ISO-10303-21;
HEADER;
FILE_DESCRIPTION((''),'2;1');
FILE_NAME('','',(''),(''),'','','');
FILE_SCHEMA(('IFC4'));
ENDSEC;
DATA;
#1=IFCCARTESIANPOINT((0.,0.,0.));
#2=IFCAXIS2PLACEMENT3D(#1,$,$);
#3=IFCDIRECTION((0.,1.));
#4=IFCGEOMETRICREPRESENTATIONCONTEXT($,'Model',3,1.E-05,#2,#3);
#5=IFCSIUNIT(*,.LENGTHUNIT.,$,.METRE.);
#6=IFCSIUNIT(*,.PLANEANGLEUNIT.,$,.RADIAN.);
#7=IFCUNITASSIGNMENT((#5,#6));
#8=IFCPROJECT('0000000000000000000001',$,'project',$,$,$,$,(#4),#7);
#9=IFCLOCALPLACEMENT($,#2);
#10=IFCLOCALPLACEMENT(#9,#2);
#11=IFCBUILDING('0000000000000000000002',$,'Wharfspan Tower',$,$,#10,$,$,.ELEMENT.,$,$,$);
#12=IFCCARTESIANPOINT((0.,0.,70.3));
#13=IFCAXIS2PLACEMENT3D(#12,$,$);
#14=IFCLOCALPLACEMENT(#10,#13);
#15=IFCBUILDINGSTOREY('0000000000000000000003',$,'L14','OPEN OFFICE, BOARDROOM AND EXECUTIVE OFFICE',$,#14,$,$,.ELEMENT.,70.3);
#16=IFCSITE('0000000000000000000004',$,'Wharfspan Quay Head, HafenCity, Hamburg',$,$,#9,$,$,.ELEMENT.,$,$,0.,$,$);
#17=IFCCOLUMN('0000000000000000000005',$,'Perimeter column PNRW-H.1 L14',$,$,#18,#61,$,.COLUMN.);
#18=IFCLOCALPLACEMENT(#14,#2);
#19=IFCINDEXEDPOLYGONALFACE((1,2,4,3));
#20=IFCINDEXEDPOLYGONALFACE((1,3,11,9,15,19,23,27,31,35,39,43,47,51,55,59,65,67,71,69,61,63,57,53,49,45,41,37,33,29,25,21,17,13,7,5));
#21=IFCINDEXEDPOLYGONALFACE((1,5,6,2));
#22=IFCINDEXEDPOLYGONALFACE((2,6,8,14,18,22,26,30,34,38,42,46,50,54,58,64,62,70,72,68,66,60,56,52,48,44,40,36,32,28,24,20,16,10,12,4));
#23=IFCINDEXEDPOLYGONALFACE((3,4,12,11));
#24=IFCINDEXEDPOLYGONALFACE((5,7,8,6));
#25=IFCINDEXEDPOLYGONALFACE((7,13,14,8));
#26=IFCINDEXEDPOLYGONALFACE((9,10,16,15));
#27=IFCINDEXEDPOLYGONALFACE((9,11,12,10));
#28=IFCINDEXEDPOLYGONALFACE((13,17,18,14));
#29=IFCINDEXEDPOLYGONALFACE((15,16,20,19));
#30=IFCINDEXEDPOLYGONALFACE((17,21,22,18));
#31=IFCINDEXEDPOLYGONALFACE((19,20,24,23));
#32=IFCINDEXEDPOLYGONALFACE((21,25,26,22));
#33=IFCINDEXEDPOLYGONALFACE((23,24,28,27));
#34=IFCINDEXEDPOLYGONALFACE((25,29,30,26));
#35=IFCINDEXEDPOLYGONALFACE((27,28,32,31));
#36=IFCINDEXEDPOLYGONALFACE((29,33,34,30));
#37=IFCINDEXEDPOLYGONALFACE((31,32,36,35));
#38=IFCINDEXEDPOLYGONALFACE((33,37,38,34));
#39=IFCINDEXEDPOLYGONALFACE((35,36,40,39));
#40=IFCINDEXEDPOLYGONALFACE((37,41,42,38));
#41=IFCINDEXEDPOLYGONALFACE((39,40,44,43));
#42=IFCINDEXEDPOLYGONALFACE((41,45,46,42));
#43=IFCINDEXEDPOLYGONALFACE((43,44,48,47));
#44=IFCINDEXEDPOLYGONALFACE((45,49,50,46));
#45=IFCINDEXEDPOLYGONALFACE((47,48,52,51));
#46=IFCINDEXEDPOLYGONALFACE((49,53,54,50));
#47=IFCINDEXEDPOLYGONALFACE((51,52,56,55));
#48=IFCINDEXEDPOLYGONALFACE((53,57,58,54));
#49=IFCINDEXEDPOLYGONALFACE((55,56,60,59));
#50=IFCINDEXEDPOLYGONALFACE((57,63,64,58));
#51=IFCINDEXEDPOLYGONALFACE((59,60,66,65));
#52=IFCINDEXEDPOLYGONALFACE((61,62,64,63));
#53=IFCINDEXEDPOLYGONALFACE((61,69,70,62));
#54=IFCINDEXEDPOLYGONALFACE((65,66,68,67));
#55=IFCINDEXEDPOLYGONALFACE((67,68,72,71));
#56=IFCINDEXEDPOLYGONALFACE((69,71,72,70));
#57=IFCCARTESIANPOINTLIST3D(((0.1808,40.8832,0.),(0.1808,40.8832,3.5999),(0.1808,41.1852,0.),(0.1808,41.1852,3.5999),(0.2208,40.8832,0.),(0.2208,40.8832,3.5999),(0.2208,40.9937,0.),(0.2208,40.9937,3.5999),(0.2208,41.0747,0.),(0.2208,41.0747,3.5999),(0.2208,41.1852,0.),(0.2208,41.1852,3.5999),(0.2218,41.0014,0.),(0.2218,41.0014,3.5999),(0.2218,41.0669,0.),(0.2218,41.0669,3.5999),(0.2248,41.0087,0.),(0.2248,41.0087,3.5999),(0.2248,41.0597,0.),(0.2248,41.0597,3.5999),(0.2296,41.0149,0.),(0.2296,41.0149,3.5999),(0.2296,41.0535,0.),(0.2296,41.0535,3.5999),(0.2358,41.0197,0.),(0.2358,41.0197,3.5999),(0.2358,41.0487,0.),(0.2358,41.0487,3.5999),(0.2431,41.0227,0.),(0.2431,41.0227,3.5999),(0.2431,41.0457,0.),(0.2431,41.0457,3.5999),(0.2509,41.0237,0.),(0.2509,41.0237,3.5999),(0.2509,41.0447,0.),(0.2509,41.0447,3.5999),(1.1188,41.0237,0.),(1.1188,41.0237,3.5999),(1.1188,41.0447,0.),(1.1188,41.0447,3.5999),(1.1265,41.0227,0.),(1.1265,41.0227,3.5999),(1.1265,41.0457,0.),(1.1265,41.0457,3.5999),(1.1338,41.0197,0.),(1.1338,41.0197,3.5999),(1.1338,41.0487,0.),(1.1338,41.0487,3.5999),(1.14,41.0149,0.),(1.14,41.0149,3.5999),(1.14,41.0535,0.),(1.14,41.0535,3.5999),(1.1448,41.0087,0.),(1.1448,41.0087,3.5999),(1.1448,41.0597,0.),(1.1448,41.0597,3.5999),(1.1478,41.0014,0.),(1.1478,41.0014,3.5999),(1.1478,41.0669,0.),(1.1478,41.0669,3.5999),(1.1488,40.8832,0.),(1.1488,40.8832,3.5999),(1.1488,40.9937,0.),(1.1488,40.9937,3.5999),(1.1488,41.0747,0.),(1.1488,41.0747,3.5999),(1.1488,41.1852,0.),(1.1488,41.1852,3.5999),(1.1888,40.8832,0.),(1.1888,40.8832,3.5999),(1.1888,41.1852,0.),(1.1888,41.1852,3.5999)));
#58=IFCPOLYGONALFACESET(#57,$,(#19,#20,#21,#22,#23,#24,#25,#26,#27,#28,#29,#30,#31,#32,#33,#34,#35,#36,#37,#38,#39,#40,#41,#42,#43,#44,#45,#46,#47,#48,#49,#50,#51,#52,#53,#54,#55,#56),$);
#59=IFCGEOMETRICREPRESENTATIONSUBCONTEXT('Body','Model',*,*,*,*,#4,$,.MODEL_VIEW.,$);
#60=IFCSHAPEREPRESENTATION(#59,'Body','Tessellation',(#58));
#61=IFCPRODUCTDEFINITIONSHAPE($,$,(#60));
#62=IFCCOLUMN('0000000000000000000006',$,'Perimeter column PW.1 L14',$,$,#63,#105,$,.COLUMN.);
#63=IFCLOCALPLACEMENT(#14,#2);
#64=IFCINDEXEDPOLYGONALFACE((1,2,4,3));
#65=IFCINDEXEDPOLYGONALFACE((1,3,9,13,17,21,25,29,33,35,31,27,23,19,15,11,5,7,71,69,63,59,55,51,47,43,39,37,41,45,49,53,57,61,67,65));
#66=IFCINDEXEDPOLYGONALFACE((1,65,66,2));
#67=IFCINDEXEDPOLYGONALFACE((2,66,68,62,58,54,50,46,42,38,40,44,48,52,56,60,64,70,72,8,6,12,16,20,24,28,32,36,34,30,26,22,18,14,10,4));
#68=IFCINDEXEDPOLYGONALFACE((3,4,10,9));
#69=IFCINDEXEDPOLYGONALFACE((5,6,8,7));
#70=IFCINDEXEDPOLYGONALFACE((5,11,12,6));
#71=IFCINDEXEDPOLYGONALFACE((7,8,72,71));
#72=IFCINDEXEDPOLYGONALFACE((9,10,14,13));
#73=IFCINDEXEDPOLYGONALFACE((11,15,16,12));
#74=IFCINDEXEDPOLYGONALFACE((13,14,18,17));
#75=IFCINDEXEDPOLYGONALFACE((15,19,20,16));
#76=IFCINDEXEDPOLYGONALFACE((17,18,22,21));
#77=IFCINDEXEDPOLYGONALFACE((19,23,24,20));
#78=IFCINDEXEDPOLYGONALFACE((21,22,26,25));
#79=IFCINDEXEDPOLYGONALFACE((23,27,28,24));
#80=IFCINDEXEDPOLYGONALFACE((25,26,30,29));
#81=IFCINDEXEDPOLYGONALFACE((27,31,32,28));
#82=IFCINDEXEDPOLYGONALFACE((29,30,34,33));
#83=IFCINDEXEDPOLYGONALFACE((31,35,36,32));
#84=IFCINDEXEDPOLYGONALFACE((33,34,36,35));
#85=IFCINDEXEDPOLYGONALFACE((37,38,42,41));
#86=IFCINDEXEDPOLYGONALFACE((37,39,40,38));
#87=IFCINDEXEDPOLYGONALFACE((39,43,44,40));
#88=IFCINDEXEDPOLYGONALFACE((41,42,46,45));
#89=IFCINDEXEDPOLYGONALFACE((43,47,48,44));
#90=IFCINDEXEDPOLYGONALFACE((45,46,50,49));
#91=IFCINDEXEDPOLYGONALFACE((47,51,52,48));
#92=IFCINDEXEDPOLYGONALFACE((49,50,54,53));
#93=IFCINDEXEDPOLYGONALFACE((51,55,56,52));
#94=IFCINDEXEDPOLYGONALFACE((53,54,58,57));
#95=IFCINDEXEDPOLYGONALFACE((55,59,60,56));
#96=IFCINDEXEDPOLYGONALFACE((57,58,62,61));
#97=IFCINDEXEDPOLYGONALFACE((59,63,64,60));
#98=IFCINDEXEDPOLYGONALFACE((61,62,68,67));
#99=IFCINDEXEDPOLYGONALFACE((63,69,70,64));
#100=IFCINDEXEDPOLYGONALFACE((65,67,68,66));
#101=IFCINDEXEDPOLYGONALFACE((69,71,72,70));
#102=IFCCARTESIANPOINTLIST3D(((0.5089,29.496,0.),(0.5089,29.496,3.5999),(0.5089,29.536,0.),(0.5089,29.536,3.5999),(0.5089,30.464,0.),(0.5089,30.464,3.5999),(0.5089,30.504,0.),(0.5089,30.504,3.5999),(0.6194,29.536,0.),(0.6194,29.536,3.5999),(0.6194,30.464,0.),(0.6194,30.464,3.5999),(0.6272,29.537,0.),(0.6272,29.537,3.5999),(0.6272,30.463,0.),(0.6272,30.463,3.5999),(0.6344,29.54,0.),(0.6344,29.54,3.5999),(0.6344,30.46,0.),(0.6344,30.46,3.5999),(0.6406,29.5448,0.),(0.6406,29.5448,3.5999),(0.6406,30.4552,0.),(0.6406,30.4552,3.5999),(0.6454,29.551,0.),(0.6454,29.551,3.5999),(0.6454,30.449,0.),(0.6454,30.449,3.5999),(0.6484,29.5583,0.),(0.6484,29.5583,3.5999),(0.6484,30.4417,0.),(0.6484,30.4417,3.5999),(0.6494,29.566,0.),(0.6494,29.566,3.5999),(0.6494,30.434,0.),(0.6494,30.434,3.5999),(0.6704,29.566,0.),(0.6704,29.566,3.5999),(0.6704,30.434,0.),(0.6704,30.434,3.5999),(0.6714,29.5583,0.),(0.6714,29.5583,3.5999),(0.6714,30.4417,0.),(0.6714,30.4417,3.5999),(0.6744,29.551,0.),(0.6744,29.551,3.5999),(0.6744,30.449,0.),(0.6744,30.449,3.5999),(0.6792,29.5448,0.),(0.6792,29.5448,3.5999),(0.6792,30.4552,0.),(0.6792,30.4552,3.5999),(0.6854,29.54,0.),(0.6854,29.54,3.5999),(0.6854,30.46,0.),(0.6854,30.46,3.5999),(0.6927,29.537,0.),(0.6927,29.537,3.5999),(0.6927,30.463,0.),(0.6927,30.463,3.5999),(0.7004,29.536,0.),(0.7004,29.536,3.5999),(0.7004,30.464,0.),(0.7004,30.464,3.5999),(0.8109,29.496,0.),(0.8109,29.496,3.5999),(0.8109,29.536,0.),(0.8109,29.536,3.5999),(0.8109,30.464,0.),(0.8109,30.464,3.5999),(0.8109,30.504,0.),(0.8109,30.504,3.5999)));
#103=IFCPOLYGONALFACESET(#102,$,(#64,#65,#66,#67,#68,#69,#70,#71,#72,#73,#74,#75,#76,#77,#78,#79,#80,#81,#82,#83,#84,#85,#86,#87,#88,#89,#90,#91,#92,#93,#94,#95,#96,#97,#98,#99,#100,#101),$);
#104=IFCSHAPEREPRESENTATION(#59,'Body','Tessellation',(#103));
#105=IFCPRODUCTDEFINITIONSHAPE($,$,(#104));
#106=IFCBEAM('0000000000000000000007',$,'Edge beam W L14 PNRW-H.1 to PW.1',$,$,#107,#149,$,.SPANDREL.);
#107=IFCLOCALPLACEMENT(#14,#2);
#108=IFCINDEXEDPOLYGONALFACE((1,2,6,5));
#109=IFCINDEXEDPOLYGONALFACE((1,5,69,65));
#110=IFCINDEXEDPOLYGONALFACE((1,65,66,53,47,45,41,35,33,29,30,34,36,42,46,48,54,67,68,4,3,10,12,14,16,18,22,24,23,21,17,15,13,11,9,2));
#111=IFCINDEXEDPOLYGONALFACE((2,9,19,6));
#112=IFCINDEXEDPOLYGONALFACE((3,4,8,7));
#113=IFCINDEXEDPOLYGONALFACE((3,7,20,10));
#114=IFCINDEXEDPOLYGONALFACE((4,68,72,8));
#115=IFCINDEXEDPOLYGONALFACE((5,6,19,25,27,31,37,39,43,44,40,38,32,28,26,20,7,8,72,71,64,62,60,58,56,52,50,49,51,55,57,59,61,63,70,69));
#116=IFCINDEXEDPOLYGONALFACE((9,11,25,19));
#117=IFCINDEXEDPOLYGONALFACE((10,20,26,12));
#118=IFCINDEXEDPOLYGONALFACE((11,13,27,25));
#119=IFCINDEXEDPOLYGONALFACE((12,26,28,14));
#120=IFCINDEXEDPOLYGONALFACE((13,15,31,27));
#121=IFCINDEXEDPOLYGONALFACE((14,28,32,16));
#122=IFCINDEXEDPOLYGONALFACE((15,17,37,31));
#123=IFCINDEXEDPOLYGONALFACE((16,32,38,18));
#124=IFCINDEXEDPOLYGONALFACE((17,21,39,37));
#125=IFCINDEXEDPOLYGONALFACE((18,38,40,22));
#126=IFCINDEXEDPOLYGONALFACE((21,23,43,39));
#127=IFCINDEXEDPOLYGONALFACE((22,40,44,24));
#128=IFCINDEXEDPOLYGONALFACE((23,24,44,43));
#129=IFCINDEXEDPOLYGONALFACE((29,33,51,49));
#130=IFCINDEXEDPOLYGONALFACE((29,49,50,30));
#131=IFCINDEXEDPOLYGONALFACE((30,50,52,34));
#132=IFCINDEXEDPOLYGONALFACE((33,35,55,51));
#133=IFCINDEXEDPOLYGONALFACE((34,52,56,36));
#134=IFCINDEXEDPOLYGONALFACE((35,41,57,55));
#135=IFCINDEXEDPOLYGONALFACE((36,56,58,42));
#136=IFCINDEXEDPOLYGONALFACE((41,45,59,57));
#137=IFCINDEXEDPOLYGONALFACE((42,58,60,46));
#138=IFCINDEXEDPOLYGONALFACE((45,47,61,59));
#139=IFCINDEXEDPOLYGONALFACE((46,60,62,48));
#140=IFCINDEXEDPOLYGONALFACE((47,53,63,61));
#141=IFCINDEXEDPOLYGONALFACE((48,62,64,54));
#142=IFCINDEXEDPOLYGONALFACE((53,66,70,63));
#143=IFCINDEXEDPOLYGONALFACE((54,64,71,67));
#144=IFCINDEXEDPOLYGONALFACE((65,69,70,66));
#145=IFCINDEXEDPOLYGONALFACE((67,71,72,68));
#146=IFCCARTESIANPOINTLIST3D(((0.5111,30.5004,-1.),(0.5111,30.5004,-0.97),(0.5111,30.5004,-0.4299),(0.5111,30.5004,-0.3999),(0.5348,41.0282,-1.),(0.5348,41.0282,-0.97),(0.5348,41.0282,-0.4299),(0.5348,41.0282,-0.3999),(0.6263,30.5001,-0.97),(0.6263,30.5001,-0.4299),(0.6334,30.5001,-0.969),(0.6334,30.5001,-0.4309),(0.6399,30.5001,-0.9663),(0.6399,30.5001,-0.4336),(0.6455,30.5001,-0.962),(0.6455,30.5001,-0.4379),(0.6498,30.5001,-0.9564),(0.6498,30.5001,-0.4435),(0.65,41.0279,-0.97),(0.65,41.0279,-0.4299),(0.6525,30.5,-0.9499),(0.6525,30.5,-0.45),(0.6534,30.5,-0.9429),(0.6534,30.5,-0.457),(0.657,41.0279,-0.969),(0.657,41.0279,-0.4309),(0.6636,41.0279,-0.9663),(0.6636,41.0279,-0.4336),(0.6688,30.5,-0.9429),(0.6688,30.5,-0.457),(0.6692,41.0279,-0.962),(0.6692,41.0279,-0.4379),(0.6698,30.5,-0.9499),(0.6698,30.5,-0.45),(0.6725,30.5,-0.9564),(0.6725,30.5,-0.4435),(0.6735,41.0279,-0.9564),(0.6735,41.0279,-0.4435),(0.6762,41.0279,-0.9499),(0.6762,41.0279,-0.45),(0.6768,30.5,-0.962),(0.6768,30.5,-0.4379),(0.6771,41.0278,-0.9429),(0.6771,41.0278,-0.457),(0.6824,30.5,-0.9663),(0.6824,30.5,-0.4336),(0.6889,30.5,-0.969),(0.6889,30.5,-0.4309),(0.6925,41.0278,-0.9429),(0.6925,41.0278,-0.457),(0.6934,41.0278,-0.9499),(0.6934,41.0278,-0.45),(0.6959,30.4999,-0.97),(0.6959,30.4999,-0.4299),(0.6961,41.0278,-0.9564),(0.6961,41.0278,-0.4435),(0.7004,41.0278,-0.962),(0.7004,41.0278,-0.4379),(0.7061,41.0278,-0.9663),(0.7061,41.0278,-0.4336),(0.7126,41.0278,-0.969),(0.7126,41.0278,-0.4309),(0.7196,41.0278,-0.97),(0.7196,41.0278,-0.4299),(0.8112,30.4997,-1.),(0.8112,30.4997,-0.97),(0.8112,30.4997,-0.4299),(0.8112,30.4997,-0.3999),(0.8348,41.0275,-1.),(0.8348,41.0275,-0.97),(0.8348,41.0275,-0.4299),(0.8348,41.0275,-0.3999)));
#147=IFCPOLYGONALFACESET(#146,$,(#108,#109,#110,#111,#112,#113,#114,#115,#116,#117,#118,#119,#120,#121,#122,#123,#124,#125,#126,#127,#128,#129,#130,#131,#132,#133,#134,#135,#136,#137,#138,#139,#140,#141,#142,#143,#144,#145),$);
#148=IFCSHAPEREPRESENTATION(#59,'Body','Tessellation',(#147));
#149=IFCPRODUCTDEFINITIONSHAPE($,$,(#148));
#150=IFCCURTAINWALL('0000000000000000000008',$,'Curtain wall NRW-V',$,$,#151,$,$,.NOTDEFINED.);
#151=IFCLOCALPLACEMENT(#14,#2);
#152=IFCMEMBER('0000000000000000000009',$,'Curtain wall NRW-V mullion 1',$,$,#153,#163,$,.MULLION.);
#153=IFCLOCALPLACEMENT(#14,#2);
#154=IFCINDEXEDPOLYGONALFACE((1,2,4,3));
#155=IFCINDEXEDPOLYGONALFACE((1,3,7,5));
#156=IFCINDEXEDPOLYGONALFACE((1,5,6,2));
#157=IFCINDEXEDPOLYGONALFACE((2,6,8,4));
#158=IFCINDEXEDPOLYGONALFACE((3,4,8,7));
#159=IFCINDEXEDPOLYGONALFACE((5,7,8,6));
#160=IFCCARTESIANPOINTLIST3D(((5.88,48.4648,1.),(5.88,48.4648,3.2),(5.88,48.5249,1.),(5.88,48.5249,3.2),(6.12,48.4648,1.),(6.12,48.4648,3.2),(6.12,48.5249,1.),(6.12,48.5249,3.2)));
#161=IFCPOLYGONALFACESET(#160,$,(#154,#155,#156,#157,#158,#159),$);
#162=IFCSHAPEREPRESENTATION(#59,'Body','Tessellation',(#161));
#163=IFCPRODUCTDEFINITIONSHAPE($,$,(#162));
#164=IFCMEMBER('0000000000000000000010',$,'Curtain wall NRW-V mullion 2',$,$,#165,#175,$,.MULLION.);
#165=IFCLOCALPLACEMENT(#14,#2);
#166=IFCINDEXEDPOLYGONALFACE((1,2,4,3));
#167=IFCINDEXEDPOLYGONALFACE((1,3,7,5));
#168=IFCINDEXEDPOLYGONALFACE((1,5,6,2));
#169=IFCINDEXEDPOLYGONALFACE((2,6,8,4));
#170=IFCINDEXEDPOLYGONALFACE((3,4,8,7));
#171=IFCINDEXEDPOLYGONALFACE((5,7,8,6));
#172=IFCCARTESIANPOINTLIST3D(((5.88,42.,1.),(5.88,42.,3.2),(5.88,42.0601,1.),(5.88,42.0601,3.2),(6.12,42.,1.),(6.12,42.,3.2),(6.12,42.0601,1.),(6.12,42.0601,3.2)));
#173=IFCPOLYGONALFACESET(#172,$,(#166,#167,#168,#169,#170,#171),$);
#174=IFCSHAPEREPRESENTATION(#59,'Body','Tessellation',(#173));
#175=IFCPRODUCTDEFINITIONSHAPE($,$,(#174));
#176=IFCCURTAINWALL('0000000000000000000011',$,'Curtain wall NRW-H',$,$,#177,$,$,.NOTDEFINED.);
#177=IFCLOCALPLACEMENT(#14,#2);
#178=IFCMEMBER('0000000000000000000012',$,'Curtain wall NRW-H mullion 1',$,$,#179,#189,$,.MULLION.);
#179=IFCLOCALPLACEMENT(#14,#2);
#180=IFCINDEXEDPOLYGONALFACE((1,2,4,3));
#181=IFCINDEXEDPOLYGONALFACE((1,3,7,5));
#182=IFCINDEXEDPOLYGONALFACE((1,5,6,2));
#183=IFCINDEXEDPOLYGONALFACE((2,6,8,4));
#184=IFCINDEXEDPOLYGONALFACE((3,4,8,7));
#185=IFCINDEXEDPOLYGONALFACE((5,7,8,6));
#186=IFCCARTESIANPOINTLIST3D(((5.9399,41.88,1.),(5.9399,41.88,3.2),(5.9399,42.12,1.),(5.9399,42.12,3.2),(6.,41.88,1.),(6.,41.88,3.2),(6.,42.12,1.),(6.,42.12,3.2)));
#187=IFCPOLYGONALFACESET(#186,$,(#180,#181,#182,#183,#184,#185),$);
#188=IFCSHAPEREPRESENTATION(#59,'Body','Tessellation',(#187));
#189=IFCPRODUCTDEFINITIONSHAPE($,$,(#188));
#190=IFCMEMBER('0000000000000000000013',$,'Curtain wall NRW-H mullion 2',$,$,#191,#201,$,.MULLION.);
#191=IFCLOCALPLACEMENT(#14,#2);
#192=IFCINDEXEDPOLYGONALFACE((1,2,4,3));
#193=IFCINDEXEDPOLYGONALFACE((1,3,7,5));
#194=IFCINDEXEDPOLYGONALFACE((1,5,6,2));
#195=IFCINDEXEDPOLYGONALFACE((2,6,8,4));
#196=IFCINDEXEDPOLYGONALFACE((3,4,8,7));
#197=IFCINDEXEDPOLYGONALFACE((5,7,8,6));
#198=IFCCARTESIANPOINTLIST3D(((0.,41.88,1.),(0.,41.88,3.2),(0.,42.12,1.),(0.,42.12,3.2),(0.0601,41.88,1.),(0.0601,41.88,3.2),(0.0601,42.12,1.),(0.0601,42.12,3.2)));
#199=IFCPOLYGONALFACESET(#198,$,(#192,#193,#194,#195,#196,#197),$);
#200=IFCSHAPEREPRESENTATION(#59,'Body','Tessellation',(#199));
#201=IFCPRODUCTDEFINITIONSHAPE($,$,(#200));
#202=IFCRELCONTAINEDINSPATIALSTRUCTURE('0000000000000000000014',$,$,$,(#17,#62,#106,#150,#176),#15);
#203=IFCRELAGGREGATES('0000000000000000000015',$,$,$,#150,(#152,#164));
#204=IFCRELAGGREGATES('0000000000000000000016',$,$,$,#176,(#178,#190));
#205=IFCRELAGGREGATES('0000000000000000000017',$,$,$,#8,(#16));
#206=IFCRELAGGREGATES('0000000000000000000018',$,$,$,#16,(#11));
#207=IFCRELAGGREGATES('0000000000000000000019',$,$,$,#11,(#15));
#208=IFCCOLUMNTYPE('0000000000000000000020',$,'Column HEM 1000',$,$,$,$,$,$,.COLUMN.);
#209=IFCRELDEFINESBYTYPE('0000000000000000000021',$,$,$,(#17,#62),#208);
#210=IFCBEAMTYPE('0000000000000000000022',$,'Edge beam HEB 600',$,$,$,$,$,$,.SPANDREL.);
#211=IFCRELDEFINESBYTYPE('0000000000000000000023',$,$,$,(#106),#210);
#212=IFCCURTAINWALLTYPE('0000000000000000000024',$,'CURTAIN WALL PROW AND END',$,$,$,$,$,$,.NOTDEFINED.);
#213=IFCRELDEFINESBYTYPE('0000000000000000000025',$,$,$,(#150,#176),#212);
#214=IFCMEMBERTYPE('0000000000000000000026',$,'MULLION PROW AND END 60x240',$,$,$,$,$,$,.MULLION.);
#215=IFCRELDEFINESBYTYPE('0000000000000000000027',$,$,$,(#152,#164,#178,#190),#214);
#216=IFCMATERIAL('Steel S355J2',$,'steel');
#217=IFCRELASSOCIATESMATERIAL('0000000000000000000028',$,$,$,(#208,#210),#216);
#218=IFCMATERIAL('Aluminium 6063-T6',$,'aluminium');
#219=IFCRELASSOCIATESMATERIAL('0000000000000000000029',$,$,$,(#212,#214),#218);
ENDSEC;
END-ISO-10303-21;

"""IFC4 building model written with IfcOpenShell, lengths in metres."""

from ifc_helpers import new_model, si_unit, direction, frame, origin, origin_2d, place, context, subcontext, project, spatial, rectangle, i_section, extrude, material, material_profile, profile_set, type_object, element, aggregate, save


model = new_model("IFC4")

# Units and contexts
model_context = context("Model", 3, precision=1e-05, world=origin(), true_north=direction((0.0, 1.0)))
body_context = subcontext(model_context, "Body", "Model", "MODEL_VIEW")
ifc_project = project(units=[si_unit("LENGTHUNIT", "METRE"), si_unit("PLANEANGLEUNIT", "RADIAN")], contexts=[model_context])

# Site, building, storey
site_placement = place(None, origin())
site = spatial("IfcSite", under=ifc_project, at=site_placement, Name="Wharfspan Quay Head, HafenCity, Hamburg", CompositionType="ELEMENT", RefElevation=0.0)
building_placement = place(site_placement, origin())
building = spatial("IfcBuilding", under=site, at=building_placement, Name="Wharfspan Tower", CompositionType="ELEMENT")
storey_placement = place(building_placement, frame((0.0, 0.0, 70.3)))
storey = spatial("IfcBuildingStorey", under=building, at=storey_placement, Name="L14", Description="OPEN OFFICE, BOARDROOM AND EXECUTIVE OFFICE", CompositionType="ELEMENT", Elevation=70.3)

# Columns
ifc_material_1 = material(Name="Steel S355J2", Category="steel")
ifc_material_profile_1 = material_profile(ifc_material_1, i_section(OverallWidth=0.302, OverallDepth=1.0081, WebThickness=0.021, FlangeThickness=0.04, FilletRadius=0.03, at=origin_2d()))
ifc_profile_set_1 = profile_set([ifc_material_profile_1], Name="Steel S355J2")
column_type = type_object("IfcColumnType", Name="Column HEM 1000", PredefinedType="COLUMN", material=ifc_profile_set_1)
for number, where, z_axis, x_axis, name in (
    (1, (0.6848, 41.0342, 0.0), (0.0, 0.0, 1.0), (0.0, 1.0, 0.0), "Perimeter column PNRW-H.1 L14"),
    (2, (0.6599, 30.0, 0.0), (0.0, 0.0, 1.0), (-1.0, 0.0, 0.0), "Perimeter column PW.1 L14"),
):
    element("IfcColumn", number, at=place(storey_placement, frame(where, z_axis=z_axis, x_axis=x_axis)), inside=storey, type_object=column_type, Name=name, PredefinedType="COLUMN", context=body_context, shape_type="SweptSolid", body=[
        extrude(i_section(OverallWidth=0.302, OverallDepth=1.0081, WebThickness=0.021, FlangeThickness=0.04, FilletRadius=0.03, at=origin_2d()), origin(), (0.0, 0.0, 1.0), 3.5999),
    ])

# Beam
ifc_material_profile_2 = material_profile(ifc_material_1, i_section(OverallWidth=0.3, OverallDepth=0.6001, WebThickness=0.0154, FlangeThickness=0.03, FilletRadius=0.0271, at=origin_2d()))
ifc_profile_set_2 = profile_set([ifc_material_profile_2], Name="Steel S355J2")
beam_type = type_object("IfcBeamType", Name="Edge beam HEB 600", PredefinedType="SPANDREL", material=ifc_profile_set_2)
beam_placement = place(storey_placement, frame((0.6848, 41.0278, -0.7), z_axis=(-0.002249, -0.999997, 0.0), x_axis=(0.999997, -0.002249, 0.0)))
element("IfcBeam", 3, at=beam_placement, inside=storey, type_object=beam_type, Name="Edge beam W L14 PNRW-H.1 to PW.1", PredefinedType="SPANDREL", context=body_context, shape_type="SweptSolid", body=[
    extrude(i_section(OverallWidth=0.3, OverallDepth=0.6001, WebThickness=0.0154, FlangeThickness=0.03, FilletRadius=0.0271, at=origin_2d()), origin(), (0.0, 0.0, 1.0), 10.5278),
])

# Curtain walls, members
ifc_material_2 = material(Name="Aluminium 6063-T6", Category="aluminium")
curtain_wall_type = type_object("IfcCurtainWallType", Name="CURTAIN WALL PROW AND END", PredefinedType="NOTDEFINED", material=ifc_material_2)
curtain_wall_1_placement = place(storey_placement, origin())
curtain_wall_1 = element("IfcCurtainWall", 4, at=curtain_wall_1_placement, inside=storey, type_object=curtain_wall_type, Name="Curtain wall NRW-V", PredefinedType="NOTDEFINED")
ifc_material_profile_3 = material_profile(ifc_material_2, rectangle(XDim=0.24, YDim=0.0601, at=origin_2d()))
ifc_profile_set_3 = profile_set([ifc_material_profile_3], Name="Aluminium 6063-T6")
member_type_1 = type_object("IfcMemberType", Name="MULLION PROW AND END 60x240", PredefinedType="MULLION", material=ifc_profile_set_3)
member_1_placement = place(storey_placement, frame((6.0, 48.4949, 1.0), z_axis=(0.0, 0.0, 1.0), x_axis=(1.0, 0.0, 0.0)))
member_1 = element("IfcMember", 5, at=member_1_placement, type_object=member_type_1, Name="Curtain wall NRW-V mullion 1", PredefinedType="MULLION", context=body_context, shape_type="SweptSolid", body=[
    extrude(rectangle(XDim=0.24, YDim=0.0601, at=origin_2d()), origin(), (0.0, 0.0, 1.0), 2.2),
])
member_2_placement = place(storey_placement, frame((6.0, 42.03, 1.0), z_axis=(0.0, 0.0, 1.0), x_axis=(1.0, 0.0, 0.0)))
member_2 = element("IfcMember", 6, at=member_2_placement, type_object=member_type_1, Name="Curtain wall NRW-V mullion 2", PredefinedType="MULLION", context=body_context, shape_type="SweptSolid", body=[
    extrude(rectangle(XDim=0.24, YDim=0.0601, at=origin_2d()), origin(), (0.0, 0.0, 1.0), 2.2),
])
curtain_wall_2_placement = place(storey_placement, origin())
curtain_wall_2 = element("IfcCurtainWall", 7, at=curtain_wall_2_placement, inside=storey, type_object=curtain_wall_type, Name="Curtain wall NRW-H", PredefinedType="NOTDEFINED")
member_3_placement = place(storey_placement, frame((5.97, 42.0, 1.0), z_axis=(0.0, 0.0, 1.0), x_axis=(0.0, -1.0, 0.0)))
member_3 = element("IfcMember", 8, at=member_3_placement, type_object=member_type_1, Name="Curtain wall NRW-H mullion 1", PredefinedType="MULLION", context=body_context, shape_type="SweptSolid", body=[
    extrude(rectangle(XDim=0.24, YDim=0.0601, at=origin_2d()), origin(), (0.0, 0.0, 1.0), 2.2),
])
member_4_placement = place(storey_placement, frame((0.03, 42.0, 1.0), z_axis=(0.0, 0.0, 1.0), x_axis=(0.0, -1.0, 0.0)))
member_4 = element("IfcMember", 9, at=member_4_placement, type_object=member_type_1, Name="Curtain wall NRW-H mullion 2", PredefinedType="MULLION", context=body_context, shape_type="SweptSolid", body=[
    extrude(rectangle(XDim=0.24, YDim=0.0601, at=origin_2d()), origin(), (0.0, 0.0, 1.0), 2.2),
])

aggregate(curtain_wall_1, [member_1, member_2])
aggregate(curtain_wall_2, [member_3, member_4])

save(model, "model.ifc")
